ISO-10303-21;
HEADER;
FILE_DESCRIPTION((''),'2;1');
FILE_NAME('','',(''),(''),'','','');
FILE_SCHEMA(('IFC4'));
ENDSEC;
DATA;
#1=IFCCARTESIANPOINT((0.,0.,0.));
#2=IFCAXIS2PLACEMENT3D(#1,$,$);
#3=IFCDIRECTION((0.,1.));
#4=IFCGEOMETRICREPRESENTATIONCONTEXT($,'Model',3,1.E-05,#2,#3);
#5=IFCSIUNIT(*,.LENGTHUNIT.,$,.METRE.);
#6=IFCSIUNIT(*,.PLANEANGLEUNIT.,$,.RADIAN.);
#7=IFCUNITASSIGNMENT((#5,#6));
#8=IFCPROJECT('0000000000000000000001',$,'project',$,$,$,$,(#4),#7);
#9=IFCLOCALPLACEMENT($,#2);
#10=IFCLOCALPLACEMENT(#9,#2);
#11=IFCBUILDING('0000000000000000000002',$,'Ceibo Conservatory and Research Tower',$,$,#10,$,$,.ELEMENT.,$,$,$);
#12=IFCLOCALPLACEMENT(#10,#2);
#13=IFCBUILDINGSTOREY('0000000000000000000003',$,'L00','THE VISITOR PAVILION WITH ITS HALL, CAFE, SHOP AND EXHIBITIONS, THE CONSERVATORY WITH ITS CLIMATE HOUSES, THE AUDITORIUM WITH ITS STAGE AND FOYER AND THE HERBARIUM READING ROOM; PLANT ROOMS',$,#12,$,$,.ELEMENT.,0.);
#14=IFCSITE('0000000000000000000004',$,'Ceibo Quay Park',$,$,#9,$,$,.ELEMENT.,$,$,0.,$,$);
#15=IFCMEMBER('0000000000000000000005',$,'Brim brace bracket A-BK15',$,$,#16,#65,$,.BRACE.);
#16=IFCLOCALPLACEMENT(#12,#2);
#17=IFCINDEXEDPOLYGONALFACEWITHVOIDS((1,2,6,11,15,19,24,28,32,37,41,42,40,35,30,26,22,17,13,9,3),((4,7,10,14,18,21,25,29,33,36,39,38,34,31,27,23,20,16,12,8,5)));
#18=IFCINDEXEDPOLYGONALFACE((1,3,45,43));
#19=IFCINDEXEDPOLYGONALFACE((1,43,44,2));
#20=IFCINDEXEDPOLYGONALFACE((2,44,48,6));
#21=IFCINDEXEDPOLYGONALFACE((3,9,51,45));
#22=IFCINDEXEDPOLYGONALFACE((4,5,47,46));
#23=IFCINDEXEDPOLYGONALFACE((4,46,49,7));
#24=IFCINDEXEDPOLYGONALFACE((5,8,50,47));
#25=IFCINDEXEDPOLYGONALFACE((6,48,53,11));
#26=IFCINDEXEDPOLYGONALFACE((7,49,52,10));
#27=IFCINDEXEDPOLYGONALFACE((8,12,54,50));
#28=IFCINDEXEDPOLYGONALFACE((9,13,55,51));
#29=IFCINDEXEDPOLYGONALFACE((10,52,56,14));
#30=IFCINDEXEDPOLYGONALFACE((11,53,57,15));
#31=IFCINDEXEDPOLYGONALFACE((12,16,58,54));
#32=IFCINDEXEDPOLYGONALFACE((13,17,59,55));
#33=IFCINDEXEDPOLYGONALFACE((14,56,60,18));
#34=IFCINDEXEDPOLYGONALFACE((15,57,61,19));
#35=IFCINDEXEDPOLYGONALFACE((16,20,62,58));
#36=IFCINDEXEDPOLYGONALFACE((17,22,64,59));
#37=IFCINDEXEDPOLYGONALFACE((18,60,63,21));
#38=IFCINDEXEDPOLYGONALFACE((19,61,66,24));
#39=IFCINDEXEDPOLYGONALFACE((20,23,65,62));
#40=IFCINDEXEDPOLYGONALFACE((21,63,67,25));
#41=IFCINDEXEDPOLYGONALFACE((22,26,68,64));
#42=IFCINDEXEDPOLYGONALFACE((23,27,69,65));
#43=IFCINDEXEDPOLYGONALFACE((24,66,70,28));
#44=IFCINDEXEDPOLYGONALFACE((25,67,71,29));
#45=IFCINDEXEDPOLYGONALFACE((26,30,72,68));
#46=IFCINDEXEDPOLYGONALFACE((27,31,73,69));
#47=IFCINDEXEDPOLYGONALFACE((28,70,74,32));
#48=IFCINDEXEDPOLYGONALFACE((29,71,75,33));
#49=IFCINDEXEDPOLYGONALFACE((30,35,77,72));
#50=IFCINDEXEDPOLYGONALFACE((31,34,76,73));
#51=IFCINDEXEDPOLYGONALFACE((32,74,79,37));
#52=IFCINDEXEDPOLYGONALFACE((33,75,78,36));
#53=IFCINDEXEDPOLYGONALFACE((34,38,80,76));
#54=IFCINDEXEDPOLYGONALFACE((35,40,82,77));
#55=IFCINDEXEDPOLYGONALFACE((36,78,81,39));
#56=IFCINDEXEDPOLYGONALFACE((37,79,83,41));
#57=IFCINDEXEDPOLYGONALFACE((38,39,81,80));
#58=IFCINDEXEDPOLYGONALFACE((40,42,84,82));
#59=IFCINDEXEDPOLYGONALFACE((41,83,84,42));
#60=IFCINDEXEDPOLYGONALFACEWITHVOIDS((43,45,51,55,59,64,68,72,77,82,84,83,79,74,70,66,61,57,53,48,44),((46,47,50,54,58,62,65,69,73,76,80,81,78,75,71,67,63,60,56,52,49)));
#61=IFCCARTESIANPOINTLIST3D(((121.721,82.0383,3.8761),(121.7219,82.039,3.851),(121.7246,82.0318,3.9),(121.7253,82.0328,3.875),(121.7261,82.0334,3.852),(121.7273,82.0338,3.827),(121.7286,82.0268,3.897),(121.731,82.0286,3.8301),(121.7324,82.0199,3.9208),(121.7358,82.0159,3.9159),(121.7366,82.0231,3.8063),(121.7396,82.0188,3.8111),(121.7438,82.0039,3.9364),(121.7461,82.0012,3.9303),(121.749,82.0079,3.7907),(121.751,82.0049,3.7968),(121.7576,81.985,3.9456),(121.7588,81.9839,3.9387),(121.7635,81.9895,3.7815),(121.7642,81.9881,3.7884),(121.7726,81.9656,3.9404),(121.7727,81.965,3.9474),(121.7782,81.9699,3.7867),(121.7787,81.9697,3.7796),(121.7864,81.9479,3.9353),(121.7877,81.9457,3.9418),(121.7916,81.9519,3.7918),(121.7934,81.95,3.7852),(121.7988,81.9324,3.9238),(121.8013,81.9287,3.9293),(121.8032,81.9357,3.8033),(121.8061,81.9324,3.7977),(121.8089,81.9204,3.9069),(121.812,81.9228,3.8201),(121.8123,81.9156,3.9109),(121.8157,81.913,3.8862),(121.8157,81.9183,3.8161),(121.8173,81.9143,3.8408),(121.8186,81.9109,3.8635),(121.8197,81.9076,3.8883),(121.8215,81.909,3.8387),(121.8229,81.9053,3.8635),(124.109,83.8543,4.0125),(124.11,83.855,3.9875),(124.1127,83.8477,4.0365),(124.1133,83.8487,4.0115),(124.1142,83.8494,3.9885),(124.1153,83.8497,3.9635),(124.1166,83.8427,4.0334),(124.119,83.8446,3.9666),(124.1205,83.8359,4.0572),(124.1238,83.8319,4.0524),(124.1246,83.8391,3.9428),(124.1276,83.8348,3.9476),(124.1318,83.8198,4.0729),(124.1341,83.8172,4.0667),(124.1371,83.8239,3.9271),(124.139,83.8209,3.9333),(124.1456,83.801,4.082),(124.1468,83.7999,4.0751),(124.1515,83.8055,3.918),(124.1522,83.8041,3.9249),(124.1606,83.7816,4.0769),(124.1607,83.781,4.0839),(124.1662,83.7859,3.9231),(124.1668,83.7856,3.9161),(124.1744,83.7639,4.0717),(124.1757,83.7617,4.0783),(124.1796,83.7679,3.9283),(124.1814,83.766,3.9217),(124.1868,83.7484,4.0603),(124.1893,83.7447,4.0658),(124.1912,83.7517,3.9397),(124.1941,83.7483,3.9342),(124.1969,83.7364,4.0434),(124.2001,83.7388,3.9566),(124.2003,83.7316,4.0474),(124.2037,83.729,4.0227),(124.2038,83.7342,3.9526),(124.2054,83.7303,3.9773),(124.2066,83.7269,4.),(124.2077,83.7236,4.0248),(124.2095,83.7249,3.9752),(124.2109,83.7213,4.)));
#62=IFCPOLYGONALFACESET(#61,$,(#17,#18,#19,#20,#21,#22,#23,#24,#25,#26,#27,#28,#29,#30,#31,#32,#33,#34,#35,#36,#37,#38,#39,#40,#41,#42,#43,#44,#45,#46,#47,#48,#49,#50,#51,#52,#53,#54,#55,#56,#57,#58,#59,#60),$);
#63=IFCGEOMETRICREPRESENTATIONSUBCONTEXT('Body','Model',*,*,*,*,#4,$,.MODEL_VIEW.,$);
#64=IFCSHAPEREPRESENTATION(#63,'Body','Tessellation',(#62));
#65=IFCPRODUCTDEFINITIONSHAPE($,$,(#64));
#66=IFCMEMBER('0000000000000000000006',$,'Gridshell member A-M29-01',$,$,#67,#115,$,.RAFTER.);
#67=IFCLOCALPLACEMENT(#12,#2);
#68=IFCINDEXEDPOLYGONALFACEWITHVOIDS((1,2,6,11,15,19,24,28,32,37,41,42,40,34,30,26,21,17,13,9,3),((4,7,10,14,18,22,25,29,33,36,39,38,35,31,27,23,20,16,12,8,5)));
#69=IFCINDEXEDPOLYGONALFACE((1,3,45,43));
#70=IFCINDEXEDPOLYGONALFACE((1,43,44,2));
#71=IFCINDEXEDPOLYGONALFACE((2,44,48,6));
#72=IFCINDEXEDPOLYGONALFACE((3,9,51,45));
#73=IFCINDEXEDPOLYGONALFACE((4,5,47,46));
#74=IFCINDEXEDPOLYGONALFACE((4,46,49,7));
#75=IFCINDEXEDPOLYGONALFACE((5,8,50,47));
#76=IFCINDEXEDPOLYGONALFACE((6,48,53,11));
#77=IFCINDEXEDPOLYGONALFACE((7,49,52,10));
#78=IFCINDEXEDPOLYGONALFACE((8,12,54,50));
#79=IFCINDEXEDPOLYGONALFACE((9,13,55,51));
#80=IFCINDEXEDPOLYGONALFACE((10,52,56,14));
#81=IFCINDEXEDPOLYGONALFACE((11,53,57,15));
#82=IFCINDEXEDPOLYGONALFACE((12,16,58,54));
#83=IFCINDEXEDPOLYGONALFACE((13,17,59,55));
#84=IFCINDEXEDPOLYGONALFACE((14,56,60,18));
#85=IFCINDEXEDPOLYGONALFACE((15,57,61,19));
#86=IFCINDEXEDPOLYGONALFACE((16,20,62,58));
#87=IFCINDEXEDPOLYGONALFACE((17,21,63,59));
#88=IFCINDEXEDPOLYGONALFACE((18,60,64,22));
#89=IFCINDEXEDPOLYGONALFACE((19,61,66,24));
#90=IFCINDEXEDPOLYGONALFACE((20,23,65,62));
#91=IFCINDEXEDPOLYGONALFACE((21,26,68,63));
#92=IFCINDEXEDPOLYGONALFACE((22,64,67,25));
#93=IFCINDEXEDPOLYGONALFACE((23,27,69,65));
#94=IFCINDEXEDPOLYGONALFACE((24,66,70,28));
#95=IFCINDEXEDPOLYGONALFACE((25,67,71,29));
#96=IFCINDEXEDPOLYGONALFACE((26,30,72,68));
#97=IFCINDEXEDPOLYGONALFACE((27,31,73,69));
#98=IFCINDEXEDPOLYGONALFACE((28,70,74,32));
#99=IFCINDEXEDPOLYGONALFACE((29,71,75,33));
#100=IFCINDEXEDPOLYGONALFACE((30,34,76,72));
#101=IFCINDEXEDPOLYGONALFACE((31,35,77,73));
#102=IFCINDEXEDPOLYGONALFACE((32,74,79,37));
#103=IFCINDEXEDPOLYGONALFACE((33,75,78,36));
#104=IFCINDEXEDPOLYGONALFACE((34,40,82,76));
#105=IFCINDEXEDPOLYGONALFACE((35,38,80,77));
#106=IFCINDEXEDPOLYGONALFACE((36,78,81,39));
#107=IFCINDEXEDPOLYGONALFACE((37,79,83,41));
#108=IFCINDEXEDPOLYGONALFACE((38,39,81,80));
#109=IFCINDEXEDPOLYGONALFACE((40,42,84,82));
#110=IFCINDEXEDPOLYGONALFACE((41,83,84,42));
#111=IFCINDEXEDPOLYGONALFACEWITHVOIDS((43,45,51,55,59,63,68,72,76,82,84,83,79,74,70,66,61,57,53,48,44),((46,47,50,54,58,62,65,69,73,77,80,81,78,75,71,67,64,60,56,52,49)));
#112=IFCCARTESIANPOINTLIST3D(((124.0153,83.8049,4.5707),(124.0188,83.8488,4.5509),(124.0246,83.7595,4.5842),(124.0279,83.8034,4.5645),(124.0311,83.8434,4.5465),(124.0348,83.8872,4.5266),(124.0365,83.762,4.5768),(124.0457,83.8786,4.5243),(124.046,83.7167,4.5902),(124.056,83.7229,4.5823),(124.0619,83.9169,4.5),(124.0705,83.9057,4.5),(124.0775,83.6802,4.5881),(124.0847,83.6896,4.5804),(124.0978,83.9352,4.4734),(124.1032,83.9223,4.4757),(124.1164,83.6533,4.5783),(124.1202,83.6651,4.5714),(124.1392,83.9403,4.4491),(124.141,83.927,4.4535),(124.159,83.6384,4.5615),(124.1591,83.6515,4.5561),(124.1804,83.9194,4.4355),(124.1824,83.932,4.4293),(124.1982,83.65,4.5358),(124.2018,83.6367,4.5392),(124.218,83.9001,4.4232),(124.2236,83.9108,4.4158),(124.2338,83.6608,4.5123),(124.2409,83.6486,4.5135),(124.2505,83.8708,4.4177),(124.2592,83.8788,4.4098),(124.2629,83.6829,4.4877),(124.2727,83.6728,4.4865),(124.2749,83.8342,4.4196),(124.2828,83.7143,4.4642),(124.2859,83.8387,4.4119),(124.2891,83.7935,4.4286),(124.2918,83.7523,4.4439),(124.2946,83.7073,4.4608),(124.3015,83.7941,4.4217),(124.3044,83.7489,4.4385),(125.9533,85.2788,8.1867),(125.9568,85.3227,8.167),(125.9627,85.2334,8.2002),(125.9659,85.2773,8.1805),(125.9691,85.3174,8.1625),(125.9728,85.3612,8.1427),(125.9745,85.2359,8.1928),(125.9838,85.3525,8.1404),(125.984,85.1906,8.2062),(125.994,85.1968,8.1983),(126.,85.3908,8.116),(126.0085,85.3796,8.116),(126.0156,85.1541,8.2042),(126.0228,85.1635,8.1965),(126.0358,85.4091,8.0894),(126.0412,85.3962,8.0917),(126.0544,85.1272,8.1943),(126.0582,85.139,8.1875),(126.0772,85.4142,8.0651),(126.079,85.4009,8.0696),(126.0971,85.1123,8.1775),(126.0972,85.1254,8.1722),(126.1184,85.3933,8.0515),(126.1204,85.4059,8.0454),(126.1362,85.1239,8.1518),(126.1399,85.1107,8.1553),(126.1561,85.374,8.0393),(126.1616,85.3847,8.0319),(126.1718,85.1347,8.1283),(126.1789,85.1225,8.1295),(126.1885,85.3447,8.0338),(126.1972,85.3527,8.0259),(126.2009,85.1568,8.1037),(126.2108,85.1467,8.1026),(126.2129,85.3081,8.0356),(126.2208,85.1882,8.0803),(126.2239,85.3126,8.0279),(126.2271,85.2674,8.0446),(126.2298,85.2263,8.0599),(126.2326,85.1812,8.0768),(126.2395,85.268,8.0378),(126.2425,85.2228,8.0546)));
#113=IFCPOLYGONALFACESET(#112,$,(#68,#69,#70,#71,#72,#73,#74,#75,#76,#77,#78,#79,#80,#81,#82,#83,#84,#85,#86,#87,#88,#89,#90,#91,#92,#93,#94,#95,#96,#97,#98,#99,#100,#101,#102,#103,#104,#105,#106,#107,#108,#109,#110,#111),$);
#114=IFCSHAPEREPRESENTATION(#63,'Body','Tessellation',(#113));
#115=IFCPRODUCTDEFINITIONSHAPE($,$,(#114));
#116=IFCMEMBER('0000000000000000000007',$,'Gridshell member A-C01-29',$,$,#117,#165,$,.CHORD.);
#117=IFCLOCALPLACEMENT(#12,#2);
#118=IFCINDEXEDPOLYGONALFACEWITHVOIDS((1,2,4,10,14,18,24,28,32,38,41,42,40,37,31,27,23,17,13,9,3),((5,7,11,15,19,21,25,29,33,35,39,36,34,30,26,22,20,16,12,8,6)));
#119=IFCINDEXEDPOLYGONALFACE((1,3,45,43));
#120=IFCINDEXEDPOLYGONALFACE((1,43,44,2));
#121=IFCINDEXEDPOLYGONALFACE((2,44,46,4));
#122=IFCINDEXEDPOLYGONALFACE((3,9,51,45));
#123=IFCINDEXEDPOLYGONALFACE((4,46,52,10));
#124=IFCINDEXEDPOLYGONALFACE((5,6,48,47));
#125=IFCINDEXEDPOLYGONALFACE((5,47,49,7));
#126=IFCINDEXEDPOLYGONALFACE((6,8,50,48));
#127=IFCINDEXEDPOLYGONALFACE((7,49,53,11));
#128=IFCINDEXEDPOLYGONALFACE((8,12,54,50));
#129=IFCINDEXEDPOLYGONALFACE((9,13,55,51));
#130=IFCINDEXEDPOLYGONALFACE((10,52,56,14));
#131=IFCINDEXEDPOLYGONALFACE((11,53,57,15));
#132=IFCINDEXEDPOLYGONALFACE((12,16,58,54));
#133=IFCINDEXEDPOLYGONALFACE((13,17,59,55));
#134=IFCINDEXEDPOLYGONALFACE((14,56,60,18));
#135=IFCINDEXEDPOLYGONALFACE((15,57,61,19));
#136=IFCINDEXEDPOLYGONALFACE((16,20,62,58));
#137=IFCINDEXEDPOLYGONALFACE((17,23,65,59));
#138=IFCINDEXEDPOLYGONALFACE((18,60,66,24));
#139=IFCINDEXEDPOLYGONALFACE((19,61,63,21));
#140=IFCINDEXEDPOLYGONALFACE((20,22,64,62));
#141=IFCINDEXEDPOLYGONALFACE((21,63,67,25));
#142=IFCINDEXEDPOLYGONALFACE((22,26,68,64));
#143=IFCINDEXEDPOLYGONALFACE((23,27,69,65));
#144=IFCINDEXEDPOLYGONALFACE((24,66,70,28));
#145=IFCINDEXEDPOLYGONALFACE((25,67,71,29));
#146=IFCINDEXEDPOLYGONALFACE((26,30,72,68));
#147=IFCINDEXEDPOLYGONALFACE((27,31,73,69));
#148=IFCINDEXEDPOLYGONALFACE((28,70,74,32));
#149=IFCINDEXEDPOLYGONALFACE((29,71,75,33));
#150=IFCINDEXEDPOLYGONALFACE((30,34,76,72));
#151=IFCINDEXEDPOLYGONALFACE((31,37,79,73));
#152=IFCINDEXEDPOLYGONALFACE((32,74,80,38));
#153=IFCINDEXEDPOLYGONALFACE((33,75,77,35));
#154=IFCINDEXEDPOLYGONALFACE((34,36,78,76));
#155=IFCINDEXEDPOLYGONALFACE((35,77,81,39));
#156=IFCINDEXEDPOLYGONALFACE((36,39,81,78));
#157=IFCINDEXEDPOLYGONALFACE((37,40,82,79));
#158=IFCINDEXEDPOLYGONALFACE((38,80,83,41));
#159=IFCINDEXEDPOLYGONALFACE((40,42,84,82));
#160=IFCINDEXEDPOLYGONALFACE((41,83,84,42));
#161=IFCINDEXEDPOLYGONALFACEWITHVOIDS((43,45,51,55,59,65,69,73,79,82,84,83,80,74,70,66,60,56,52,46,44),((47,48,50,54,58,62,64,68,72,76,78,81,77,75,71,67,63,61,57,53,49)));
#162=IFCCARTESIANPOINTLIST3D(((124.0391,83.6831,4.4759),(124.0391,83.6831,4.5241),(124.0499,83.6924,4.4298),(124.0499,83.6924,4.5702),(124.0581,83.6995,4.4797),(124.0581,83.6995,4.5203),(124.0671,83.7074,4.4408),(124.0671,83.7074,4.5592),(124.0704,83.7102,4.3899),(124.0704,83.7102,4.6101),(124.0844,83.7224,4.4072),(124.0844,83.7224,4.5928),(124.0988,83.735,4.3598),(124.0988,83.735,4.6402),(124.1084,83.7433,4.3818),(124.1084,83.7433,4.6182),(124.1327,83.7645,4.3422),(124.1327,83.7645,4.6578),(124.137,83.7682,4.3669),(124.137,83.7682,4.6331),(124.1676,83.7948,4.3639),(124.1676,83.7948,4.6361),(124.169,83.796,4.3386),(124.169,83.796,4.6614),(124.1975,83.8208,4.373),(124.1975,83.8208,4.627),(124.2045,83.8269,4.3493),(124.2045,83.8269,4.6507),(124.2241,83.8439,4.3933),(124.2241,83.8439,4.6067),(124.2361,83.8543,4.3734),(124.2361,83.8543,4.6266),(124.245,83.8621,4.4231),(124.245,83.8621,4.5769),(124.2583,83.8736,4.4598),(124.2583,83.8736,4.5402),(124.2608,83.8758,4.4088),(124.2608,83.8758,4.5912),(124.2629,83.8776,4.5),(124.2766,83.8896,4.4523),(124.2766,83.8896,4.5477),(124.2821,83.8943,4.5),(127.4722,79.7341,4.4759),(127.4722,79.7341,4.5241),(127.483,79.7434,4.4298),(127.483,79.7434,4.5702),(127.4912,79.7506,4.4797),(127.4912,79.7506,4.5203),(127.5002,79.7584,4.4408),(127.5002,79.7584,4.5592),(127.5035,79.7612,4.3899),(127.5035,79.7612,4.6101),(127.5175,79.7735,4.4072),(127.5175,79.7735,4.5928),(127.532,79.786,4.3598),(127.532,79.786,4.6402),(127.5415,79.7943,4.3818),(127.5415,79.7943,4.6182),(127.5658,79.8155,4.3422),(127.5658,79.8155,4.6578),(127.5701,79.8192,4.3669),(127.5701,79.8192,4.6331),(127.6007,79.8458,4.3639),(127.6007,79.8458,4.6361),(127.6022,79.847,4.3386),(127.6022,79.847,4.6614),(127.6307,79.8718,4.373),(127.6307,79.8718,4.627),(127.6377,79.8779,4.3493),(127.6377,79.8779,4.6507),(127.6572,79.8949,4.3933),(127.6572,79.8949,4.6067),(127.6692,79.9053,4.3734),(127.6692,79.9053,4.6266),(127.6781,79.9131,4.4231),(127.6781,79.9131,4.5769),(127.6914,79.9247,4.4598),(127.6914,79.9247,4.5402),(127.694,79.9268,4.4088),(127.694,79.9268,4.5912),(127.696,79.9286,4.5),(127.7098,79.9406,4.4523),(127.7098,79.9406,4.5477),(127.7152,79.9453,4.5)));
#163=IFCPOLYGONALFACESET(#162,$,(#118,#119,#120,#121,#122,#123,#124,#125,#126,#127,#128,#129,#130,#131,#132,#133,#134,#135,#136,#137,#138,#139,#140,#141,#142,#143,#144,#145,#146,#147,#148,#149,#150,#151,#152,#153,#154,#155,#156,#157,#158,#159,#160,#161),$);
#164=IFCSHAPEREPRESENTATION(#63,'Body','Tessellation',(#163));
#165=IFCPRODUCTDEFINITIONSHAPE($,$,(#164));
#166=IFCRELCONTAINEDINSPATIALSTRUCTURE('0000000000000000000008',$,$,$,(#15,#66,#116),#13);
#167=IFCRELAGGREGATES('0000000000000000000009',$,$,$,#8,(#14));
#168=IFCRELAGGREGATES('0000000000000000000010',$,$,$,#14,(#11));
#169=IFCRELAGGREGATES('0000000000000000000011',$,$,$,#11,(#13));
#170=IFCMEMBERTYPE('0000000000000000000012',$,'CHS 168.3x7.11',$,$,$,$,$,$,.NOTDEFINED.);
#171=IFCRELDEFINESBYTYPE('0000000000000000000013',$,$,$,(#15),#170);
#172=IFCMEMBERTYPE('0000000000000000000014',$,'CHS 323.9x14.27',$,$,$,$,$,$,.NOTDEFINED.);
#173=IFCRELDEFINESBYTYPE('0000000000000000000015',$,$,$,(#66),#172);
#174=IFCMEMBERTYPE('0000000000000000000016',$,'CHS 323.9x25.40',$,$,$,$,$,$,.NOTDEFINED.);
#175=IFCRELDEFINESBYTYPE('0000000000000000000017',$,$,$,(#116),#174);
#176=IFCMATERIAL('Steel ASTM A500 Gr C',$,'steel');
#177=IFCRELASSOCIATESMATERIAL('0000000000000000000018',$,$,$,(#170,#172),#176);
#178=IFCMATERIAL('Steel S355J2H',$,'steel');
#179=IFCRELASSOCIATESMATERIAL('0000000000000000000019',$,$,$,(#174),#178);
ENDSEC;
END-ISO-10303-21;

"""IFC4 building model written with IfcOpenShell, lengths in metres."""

from ifc_helpers import new_model, si_unit, direction, frame, origin, origin_2d, place, context, subcontext, project, spatial, hollow_circle, extrude, material, material_profile, profile_set, type_object, element, save


model = new_model("IFC4")

# Units and contexts
model_context = context("Model", 3, precision=1e-05, world=origin(), true_north=direction((0.0, 1.0)))
body_context = subcontext(model_context, "Body", "Model", "MODEL_VIEW")
ifc_project = project(units=[si_unit("LENGTHUNIT", "METRE"), si_unit("PLANEANGLEUNIT", "RADIAN")], contexts=[model_context])

# Site, building, storey
site_placement = place(None, origin())
site = spatial("IfcSite", under=ifc_project, at=site_placement, Name="Ceibo Quay Park", CompositionType="ELEMENT", RefElevation=0.0)
building_placement = place(site_placement, origin())
building = spatial("IfcBuilding", under=site, at=building_placement, Name="Ceibo Conservatory and Research Tower", CompositionType="ELEMENT")
storey_placement = place(building_placement, origin())
storey = spatial("IfcBuildingStorey", under=building, at=storey_placement, Name="L00", Description="THE VISITOR PAVILION WITH ITS HALL, CAFE, SHOP AND EXHIBITIONS, THE CONSERVATORY WITH ITS CLIMATE HOUSES, THE AUDITORIUM WITH ITS STAGE AND FOYER AND THE HERBARIUM READING ROOM; PLANT ROOMS", CompositionType="ELEMENT", Elevation=0.0)

# Shared definitions
ifc_material_1 = material(Name="Steel ASTM A500 Gr C", Category="steel")

# Members
ifc_material_profile_1 = material_profile(ifc_material_1, hollow_circle(Radius=0.0842, WallThickness=0.0071, at=origin_2d()), Name="CHS 168.3x7.11")
ifc_profile_set_1 = profile_set([ifc_material_profile_1], Name="Steel ASTM A500 Gr C")
member_type_1 = type_object("IfcMemberType", Name="CHS 168.3x7.11", PredefinedType="NOTDEFINED", material=ifc_profile_set_1)
member_1_placement = place(storey_placement, frame((124.1599, 83.7883, 4.0), z_axis=(-0.795166, -0.604687, -0.045445), x_axis=(0.605312, -0.795988, 0.0)))
element("IfcMember", 1, at=member_1_placement, inside=storey, type_object=member_type_1, Name="Brim brace bracket A-BK15", PredefinedType="BRACE", context=body_context, shape_type="SweptSolid", body=[
    extrude(hollow_circle(Radius=0.0842, WallThickness=0.0071, at=origin_2d()), origin(), (0.0, 0.0, 1.0), 3.0032),
])
ifc_material_profile_2 = material_profile(ifc_material_1, hollow_circle(Radius=0.1619, WallThickness=0.0142, at=origin_2d()), Name="CHS 323.9x14.27")
ifc_profile_set_2 = profile_set([ifc_material_profile_2], Name="Steel ASTM A500 Gr C")
member_type_2 = type_object("IfcMemberType", Name="CHS 323.9x14.27", PredefinedType="NOTDEFINED", material=ifc_profile_set_2)
member_2_placement = place(storey_placement, frame((124.1599, 83.7881, 4.5), z_axis=(0.444566, 0.338101, 0.829487), x_axis=(-0.605345, 0.795963, 0.0)))
element("IfcMember", 2, at=member_2_placement, inside=storey, type_object=member_type_2, Name="Gridshell member A-M29-01", PredefinedType="RAFTER", context=body_context, shape_type="SweptSolid", body=[
    extrude(hollow_circle(Radius=0.1619, WallThickness=0.0142, at=origin_2d()), origin(), (0.0, 0.0, 1.0), 4.3594),
])
ifc_material_2 = material(Name="Steel S355J2H", Category="steel")
ifc_material_profile_3 = material_profile(ifc_material_2, hollow_circle(Radius=0.1619, WallThickness=0.0254, at=origin_2d()), Name="CHS 323.9x25.40")
ifc_profile_set_3 = profile_set([ifc_material_profile_3], Name="Steel S355J2H")
member_type_3 = type_object("IfcMemberType", Name="CHS 323.9x25.40", PredefinedType="NOTDEFINED", material=ifc_profile_set_3)
member_3_placement = place(storey_placement, frame((124.1599, 83.7881, 4.5), z_axis=(0.656093, -0.75468, 0.0), x_axis=(0.75468, 0.656093, 0.0)))
element("IfcMember", 3, at=member_3_placement, inside=storey, type_object=member_type_3, Name="Gridshell member A-C01-29", PredefinedType="CHORD", context=body_context, shape_type="SweptSolid", body=[
    extrude(hollow_circle(Radius=0.1619, WallThickness=0.0254, at=origin_2d()), origin(), (0.0, 0.0, 1.0), 5.2327),
])

save(model, "model.ifc")
